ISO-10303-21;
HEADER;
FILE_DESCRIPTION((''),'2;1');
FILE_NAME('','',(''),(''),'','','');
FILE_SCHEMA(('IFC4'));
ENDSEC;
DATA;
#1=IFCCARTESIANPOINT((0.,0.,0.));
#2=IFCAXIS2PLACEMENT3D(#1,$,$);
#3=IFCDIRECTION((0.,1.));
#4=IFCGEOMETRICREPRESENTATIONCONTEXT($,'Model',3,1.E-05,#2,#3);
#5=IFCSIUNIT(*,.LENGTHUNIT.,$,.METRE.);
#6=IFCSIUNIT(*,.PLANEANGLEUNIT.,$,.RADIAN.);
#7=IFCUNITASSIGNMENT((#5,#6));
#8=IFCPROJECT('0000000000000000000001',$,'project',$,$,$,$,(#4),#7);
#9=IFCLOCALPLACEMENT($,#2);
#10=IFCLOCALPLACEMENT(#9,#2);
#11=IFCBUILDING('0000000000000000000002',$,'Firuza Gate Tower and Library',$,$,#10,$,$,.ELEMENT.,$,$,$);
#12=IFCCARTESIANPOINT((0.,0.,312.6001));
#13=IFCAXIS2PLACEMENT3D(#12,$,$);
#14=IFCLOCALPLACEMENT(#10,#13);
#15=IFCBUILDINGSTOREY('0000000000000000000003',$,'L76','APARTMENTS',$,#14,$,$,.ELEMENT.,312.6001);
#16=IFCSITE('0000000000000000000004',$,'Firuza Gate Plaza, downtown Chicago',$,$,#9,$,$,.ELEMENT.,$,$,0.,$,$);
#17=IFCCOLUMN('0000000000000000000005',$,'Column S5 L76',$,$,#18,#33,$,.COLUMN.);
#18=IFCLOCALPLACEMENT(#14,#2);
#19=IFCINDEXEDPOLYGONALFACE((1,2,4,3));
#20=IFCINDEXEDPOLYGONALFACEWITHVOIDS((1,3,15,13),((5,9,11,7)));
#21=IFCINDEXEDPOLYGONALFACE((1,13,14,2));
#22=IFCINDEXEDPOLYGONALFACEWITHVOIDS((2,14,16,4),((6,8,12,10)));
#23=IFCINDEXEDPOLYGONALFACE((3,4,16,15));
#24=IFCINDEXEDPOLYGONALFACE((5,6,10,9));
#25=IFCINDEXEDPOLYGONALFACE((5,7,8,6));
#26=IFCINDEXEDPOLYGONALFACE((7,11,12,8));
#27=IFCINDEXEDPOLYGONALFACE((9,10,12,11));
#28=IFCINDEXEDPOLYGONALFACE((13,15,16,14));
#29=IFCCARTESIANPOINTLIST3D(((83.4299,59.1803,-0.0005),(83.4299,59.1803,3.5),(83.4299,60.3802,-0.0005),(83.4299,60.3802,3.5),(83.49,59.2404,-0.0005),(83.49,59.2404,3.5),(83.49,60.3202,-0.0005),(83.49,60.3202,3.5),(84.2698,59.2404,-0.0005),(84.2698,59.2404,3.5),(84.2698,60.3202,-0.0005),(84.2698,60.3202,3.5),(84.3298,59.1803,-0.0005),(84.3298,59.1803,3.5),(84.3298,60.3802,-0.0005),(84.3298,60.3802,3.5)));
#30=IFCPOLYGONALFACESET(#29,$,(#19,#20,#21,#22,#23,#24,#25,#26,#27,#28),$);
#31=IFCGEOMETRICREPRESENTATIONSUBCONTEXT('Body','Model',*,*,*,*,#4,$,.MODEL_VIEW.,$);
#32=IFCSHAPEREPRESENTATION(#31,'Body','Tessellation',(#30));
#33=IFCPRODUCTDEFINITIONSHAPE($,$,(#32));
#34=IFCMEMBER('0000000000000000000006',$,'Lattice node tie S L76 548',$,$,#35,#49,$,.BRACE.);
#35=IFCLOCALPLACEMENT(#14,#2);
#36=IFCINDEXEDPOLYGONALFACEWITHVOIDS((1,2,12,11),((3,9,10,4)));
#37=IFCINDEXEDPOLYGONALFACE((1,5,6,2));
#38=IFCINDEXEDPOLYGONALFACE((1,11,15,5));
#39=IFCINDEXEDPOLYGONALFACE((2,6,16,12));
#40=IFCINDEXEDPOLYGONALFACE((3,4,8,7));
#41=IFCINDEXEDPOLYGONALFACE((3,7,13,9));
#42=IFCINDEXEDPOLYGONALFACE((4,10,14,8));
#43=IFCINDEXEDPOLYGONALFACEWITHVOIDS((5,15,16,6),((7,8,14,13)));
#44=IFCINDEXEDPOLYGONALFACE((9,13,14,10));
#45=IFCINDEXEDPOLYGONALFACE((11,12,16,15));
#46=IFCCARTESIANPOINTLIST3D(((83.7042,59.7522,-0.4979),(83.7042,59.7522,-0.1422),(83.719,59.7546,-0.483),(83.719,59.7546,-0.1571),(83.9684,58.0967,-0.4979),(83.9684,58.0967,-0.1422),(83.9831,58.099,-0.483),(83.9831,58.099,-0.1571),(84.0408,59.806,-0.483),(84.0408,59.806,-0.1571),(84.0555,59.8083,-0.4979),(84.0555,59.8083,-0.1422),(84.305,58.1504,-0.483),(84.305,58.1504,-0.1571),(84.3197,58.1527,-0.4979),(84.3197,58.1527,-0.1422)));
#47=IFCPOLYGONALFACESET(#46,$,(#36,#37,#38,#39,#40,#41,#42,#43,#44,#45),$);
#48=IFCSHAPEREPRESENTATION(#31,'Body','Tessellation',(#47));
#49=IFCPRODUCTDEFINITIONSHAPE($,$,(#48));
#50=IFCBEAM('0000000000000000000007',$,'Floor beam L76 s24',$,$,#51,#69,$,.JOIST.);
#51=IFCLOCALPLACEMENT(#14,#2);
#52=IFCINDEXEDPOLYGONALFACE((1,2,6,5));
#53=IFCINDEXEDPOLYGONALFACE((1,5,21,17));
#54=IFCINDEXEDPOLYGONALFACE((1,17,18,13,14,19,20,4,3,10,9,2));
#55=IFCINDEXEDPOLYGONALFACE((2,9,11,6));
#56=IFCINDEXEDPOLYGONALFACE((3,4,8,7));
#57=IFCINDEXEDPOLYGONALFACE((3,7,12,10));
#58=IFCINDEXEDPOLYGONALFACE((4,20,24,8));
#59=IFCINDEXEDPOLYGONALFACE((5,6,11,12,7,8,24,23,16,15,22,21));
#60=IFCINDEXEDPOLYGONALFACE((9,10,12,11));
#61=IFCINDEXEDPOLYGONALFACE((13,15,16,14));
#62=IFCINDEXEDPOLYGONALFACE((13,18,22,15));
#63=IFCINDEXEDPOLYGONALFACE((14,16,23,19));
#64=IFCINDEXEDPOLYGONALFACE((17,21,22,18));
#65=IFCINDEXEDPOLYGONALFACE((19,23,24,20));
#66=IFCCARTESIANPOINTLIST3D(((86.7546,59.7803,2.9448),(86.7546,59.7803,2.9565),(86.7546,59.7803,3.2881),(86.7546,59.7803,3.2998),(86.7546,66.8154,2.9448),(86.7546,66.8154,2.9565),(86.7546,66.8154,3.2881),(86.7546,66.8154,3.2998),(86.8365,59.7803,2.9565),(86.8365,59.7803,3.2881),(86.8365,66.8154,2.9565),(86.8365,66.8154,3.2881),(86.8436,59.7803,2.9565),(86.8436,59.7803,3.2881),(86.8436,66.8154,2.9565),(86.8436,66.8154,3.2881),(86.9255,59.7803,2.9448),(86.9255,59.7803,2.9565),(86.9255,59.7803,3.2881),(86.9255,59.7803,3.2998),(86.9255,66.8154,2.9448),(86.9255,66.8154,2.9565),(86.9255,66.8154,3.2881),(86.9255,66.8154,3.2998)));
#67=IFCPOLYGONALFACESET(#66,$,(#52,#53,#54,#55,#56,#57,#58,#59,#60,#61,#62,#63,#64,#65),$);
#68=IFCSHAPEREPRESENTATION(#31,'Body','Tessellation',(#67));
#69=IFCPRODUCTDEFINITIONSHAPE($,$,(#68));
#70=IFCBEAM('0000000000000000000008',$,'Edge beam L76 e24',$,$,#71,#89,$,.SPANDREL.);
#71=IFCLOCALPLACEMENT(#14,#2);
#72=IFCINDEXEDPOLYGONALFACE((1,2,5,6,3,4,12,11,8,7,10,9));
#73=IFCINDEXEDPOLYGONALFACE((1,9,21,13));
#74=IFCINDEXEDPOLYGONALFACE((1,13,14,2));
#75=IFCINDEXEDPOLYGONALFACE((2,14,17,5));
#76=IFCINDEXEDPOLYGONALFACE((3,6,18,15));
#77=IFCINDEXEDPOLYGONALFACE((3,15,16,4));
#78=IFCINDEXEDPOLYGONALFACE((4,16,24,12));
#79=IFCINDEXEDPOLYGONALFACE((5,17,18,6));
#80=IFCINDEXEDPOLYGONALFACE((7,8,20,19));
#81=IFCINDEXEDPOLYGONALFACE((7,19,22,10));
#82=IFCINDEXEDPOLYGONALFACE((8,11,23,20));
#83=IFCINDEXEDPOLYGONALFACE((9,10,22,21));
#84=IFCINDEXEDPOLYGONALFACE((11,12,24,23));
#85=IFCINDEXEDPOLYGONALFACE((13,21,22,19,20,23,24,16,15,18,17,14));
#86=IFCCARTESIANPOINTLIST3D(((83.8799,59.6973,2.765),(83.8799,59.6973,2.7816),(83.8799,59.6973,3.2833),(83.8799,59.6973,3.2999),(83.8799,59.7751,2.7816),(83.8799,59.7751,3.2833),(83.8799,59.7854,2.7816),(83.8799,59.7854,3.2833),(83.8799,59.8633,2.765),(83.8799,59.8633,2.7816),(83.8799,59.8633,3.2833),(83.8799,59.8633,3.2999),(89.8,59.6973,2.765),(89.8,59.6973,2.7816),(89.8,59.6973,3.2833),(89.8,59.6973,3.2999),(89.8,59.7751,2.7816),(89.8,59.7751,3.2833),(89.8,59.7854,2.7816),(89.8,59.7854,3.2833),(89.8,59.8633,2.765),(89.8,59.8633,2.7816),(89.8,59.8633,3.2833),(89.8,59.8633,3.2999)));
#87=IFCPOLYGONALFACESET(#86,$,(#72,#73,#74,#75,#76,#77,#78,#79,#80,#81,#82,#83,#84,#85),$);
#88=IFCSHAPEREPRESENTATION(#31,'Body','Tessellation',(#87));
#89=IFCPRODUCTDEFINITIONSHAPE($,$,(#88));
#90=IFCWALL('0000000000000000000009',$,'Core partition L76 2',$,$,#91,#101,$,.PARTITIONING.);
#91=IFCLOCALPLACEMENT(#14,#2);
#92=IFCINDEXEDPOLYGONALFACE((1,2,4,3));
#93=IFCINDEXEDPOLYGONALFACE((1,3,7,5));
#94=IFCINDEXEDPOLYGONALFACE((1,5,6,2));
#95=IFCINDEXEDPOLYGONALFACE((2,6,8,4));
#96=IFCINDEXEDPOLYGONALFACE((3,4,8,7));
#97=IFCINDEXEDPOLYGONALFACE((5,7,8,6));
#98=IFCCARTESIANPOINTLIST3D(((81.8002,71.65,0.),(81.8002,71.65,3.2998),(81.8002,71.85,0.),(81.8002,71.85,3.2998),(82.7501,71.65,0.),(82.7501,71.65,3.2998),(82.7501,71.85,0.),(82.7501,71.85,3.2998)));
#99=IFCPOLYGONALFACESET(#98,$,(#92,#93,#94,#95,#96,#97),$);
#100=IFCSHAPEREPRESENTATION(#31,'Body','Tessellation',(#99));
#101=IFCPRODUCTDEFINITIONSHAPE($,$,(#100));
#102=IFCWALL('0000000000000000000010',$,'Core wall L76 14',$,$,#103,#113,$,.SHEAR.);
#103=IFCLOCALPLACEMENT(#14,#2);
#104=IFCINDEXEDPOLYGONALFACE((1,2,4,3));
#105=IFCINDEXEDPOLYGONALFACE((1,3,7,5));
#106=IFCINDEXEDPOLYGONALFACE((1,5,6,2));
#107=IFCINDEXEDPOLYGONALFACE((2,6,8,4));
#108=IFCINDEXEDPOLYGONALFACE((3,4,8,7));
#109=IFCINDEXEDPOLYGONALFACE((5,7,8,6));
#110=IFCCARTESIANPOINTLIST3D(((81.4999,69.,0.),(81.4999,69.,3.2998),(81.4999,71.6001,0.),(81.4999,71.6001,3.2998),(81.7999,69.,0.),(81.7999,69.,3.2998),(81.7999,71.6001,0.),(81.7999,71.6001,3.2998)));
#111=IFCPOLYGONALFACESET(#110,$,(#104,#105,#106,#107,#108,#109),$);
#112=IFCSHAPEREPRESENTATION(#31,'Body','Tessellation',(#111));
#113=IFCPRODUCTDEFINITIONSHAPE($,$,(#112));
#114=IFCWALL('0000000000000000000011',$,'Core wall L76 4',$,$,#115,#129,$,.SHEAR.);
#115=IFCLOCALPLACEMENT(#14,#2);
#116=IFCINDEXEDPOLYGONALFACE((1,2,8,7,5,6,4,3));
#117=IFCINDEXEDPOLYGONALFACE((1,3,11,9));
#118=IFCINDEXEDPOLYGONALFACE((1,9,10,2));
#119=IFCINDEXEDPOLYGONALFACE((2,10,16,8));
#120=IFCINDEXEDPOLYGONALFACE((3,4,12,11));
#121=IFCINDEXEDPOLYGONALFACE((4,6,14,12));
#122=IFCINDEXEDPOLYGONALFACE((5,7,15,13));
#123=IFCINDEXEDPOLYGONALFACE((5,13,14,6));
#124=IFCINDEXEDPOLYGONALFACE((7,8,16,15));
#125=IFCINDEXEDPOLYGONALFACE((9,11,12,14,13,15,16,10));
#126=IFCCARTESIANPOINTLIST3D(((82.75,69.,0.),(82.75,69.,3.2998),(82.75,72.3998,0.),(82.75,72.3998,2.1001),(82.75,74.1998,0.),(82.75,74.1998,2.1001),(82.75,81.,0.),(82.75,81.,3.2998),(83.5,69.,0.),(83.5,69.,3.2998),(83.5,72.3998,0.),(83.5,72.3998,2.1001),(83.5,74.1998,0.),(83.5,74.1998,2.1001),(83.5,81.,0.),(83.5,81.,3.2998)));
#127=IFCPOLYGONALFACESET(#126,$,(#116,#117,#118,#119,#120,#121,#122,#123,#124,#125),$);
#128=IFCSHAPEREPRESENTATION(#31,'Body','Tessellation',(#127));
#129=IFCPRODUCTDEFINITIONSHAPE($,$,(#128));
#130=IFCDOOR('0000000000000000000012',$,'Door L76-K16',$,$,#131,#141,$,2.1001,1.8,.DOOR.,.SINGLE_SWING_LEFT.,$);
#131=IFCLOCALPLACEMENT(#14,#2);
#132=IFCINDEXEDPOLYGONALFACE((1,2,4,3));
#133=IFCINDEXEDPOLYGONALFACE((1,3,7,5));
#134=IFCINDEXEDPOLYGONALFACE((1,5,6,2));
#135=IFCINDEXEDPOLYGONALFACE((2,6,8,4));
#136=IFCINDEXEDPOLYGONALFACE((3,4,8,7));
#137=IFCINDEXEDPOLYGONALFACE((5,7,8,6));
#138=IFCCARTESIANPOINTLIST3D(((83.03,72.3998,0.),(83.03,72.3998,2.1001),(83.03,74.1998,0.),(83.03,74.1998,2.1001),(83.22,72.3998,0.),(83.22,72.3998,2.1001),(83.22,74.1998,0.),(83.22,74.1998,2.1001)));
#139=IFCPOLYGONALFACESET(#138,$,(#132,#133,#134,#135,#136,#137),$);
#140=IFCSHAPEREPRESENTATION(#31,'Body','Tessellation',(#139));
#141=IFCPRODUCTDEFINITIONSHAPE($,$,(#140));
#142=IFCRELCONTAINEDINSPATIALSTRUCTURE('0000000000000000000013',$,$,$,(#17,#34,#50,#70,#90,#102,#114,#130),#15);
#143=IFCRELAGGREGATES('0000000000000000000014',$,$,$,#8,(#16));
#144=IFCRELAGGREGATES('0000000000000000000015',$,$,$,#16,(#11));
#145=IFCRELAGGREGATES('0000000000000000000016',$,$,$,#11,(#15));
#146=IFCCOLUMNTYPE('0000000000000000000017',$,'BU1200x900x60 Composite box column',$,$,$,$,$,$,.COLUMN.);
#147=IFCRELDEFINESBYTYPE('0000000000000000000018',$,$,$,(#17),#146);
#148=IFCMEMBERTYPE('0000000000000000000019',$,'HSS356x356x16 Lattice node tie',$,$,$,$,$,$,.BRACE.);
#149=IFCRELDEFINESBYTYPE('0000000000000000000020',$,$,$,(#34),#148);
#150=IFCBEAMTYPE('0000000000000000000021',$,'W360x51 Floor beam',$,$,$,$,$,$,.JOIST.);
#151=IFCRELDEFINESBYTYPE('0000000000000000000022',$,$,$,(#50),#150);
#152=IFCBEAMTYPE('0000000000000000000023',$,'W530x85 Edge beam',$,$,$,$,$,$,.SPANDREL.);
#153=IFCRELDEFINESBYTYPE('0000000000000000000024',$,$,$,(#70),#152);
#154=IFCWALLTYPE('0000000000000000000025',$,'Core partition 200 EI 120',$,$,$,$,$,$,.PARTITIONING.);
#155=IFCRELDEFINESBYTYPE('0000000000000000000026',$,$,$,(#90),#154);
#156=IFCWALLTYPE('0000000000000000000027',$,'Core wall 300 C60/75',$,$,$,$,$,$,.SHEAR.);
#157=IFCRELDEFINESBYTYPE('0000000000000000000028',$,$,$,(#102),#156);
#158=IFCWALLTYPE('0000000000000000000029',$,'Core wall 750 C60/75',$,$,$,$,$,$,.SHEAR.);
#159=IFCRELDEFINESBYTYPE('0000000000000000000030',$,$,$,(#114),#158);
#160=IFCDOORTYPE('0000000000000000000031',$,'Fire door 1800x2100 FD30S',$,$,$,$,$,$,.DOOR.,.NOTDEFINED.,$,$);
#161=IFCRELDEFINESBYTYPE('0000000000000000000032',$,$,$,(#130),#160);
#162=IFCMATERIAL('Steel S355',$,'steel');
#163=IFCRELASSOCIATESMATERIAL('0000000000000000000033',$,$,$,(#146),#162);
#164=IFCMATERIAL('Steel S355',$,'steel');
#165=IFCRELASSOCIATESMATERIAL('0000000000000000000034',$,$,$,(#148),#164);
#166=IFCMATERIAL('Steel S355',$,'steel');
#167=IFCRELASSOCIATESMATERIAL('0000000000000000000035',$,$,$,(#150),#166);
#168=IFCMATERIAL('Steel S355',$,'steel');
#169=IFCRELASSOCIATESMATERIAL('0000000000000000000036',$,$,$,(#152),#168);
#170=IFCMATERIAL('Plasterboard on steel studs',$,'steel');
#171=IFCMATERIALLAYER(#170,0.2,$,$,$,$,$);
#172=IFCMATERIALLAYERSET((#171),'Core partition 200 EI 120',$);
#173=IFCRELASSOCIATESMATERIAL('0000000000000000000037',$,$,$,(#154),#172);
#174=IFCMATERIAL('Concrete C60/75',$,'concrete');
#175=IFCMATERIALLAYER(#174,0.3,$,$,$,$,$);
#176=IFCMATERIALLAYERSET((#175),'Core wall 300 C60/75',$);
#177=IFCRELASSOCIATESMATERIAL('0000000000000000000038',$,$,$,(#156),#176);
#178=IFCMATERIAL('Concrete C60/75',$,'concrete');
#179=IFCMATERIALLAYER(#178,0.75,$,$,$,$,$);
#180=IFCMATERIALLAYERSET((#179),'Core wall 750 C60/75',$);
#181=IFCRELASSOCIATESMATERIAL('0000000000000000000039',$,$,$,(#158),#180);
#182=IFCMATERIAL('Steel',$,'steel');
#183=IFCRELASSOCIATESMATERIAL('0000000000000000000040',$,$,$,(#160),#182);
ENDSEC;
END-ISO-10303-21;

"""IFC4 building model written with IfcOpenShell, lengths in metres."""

from ifc_helpers import new_model, si_unit, direction, frame, frame_2d, origin, origin_2d, place, context, subcontext, project, spatial, rectangle, hollow_rectangle, i_section, extrude, material, layer, layer_set, material_profile, profile_set, type_object, element, fill, save


model = new_model("IFC4")

# Units and contexts
model_context = context("Model", 3, precision=1e-05, world=origin(), true_north=direction((0.0, 1.0)))
body_context = subcontext(model_context, "Body", "Model", "MODEL_VIEW")
ifc_project = project(units=[si_unit("LENGTHUNIT", "METRE"), si_unit("PLANEANGLEUNIT", "RADIAN")], contexts=[model_context])

# Site, building, storey
site_placement = place(None, origin())
site = spatial("IfcSite", under=ifc_project, at=site_placement, Name="Firuza Gate Plaza, downtown Chicago", CompositionType="ELEMENT", RefElevation=0.0)
building_placement = place(site_placement, origin())
building = spatial("IfcBuilding", under=site, at=building_placement, Name="Firuza Gate Tower and Library", CompositionType="ELEMENT")
storey_placement = place(building_placement, frame((0.0, 0.0, 312.6001)))
storey = spatial("IfcBuildingStorey", under=building, at=storey_placement, Name="L76", Description="APARTMENTS", CompositionType="ELEMENT", Elevation=312.6001)

# Column
ifc_material_1 = material(Name="Steel S355", Category="steel")
ifc_material_profile_1 = material_profile(ifc_material_1, hollow_rectangle(XDim=0.8999, YDim=1.2, WallThickness=0.0601, at=origin_2d()))
ifc_profile_set_1 = profile_set([ifc_material_profile_1], Name="Steel S355")
column_type = type_object("IfcColumnType", Name="BU1200x900x60 Composite box column", PredefinedType="COLUMN", material=ifc_profile_set_1)
column_placement = place(storey_placement, frame((83.8799, 59.7803, -0.0005), z_axis=(0.0, 0.0, 1.0), x_axis=(1.0, 0.0, 0.0)))
element("IfcColumn", 1, at=column_placement, inside=storey, type_object=column_type, Name="Column S5 L76", PredefinedType="COLUMN", context=body_context, shape_type="SweptSolid", body=[
    extrude(hollow_rectangle(XDim=0.8999, YDim=1.2, WallThickness=0.0601, at=origin_2d()), origin(), (0.0, 0.0, 1.0), 3.5005),
])

# Member
ifc_material_2 = material(Name="Steel S355", Category="steel")
ifc_material_profile_2 = material_profile(ifc_material_2, hollow_rectangle(XDim=0.3557, YDim=0.3557, WallThickness=0.0149, at=origin_2d()))
ifc_profile_set_2 = profile_set([ifc_material_profile_2], Name="Steel S355")
member_type = type_object("IfcMemberType", Name="HSS356x356x16 Lattice node tie", PredefinedType="BRACE", material=ifc_profile_set_2)
member_placement = place(storey_placement, frame((83.8799, 59.7803, -0.3201), z_axis=(0.15757, -0.987508, 0.0), x_axis=(0.987508, 0.15757, 0.0)))
element("IfcMember", 2, at=member_placement, inside=storey, type_object=member_type, Name="Lattice node tie S L76 548", PredefinedType="BRACE", context=body_context, shape_type="SweptSolid", body=[
    extrude(hollow_rectangle(XDim=0.3557, YDim=0.3557, WallThickness=0.0149, at=origin_2d()), origin(), (0.0, 0.0, 1.0), 1.6765),
])

# Beams
ifc_material_3 = material(Name="Steel S355", Category="steel")
ifc_material_profile_3 = material_profile(ifc_material_3, i_section(OverallWidth=0.1709, OverallDepth=0.355, WebThickness=0.0071, FlangeThickness=0.0117, at=origin_2d()))
ifc_profile_set_3 = profile_set([ifc_material_profile_3], Name="Steel S355")
beam_type_1 = type_object("IfcBeamType", Name="W360x51 Floor beam", PredefinedType="JOIST", material=ifc_profile_set_3)
beam_1_placement = place(storey_placement, frame((86.8401, 59.7803, 3.1223), z_axis=(0.0, 1.0, 0.0), x_axis=(-1.0, 0.0, 0.0)))
element("IfcBeam", 3, at=beam_1_placement, inside=storey, type_object=beam_type_1, Name="Floor beam L76 s24", PredefinedType="JOIST", context=body_context, shape_type="SweptSolid", body=[
    extrude(i_section(OverallWidth=0.1709, OverallDepth=0.355, WebThickness=0.0071, FlangeThickness=0.0117, at=origin_2d()), origin(), (0.0, 0.0, 1.0), 7.0352),
])
ifc_material_4 = material(Name="Steel S355", Category="steel")
ifc_material_profile_4 = material_profile(ifc_material_4, i_section(OverallWidth=0.166, OverallDepth=0.5349, WebThickness=0.0103, FlangeThickness=0.0166, at=origin_2d()))
ifc_profile_set_4 = profile_set([ifc_material_profile_4], Name="Steel S355")
beam_type_2 = type_object("IfcBeamType", Name="W530x85 Edge beam", PredefinedType="SPANDREL", material=ifc_profile_set_4)
beam_2_placement = place(storey_placement, frame((83.8799, 59.7803, 3.0325), z_axis=(1.0, 0.0, 0.0), x_axis=(0.0, 1.0, 0.0)))
element("IfcBeam", 4, at=beam_2_placement, inside=storey, type_object=beam_type_2, Name="Edge beam L76 e24", PredefinedType="SPANDREL", context=body_context, shape_type="SweptSolid", body=[
    extrude(i_section(OverallWidth=0.166, OverallDepth=0.5349, WebThickness=0.0103, FlangeThickness=0.0166, at=origin_2d()), origin(), (0.0, 0.0, 1.0), 5.9202),
])

# Walls
ifc_material_5 = material(Name="Plasterboard on steel studs", Category="steel")
ifc_layer_1 = layer(ifc_material_5, 0.2)
ifc_layer_set_1 = layer_set([ifc_layer_1], Name="Core partition 200 EI 120")
wall_type_1 = type_object("IfcWallType", Name="Core partition 200 EI 120", PredefinedType="PARTITIONING", material=ifc_layer_set_1)
wall_1_placement = place(storey_placement, frame((81.8, 71.75, 0.0), z_axis=(0.0, 0.0, 1.0), x_axis=(1.0, 0.0, 0.0)))
element("IfcWall", 5, at=wall_1_placement, inside=storey, type_object=wall_type_1, Name="Core partition L76 2", PredefinedType="PARTITIONING", context=body_context, shape_type="SweptSolid", body=[
    extrude(rectangle(XDim=0.95, YDim=0.2, at=frame_2d((0.4751, 0.0))), origin(), (0.0, 0.0, 1.0), 3.2998),
])
ifc_material_6 = material(Name="Concrete C60/75", Category="concrete")
ifc_layer_2 = layer(ifc_material_6, 0.3)
ifc_layer_set_2 = layer_set([ifc_layer_2], Name="Core wall 300 C60/75")
wall_type_2 = type_object("IfcWallType", Name="Core wall 300 C60/75", PredefinedType="SHEAR", material=ifc_layer_set_2)
wall_2_placement = place(storey_placement, frame((81.6499, 69.0, 0.0), z_axis=(0.0, 0.0, 1.0), x_axis=(0.0, 1.0, 0.0)))
element("IfcWall", 6, at=wall_2_placement, inside=storey, type_object=wall_type_2, Name="Core wall L76 14", PredefinedType="SHEAR", context=body_context, shape_type="SweptSolid", body=[
    extrude(rectangle(XDim=2.6001, YDim=0.3, at=frame_2d((1.3, 0.0))), origin(), (0.0, 0.0, 1.0), 3.2998),
])

# Wall, opening, door
ifc_material_7 = material(Name="Concrete C60/75", Category="concrete")
ifc_layer_3 = layer(ifc_material_7, 0.75)
ifc_layer_set_3 = layer_set([ifc_layer_3], Name="Core wall 750 C60/75")
wall_type_3 = type_object("IfcWallType", Name="Core wall 750 C60/75", PredefinedType="SHEAR", material=ifc_layer_set_3)
wall_3_placement = place(storey_placement, frame((83.125, 69.0, 0.0), z_axis=(0.0, 0.0, 1.0), x_axis=(0.0, 1.0, 0.0)))
wall_3 = element("IfcWall", 7, at=wall_3_placement, inside=storey, type_object=wall_type_3, Name="Core wall L76 4", PredefinedType="SHEAR", context=body_context, shape_type="SweptSolid", body=[
    extrude(rectangle(XDim=12.0, YDim=0.75, at=frame_2d((6.0, 0.0))), origin(), (0.0, 0.0, 1.0), 3.2998),
])
opening_1_placement = place(wall_3_placement, frame((3.3999, 0.0, 0.0)))
opening_1 = element("IfcOpeningElement", 8, at=opening_1_placement, cuts=wall_3, PredefinedType="OPENING", context=body_context, shape_type="SweptSolid", body=[
    extrude(rectangle(XDim=1.8, YDim=2.1001, at=frame_2d((0.8999, 1.05))), frame((0.0, 0.385, 0.0), z_axis=(0.0, -1.0, 0.0), x_axis=(1.0, 0.0, 0.0)), (0.0, 0.0, 1.0), 0.77),
])
ifc_material_8 = material(Name="Steel", Category="steel")
door_type_1 = type_object("IfcDoorType", Name="Fire door 1800x2100 FD30S", OperationType="NOTDEFINED", PredefinedType="DOOR", material=ifc_material_8)
door_1_placement = place(opening_1_placement, origin())
door_1 = element("IfcDoor", 9, at=door_1_placement, inside=storey, type_object=door_type_1, Name="Door L76-K16", OperationType="SINGLE_SWING_LEFT", OverallHeight=2.1001, OverallWidth=1.8, PredefinedType="DOOR", context=body_context, shape_type="SweptSolid", body=[
    extrude(rectangle(XDim=1.8, YDim=2.1001, at=frame_2d((0.8999, 1.05))), frame((0.0, 0.095, 0.0), z_axis=(0.0, -1.0, 0.0), x_axis=(1.0, 0.0, 0.0)), (0.0, 0.0, 1.0), 0.1899),
])
fill(opening_1, door_1)

save(model, "model.ifc")
